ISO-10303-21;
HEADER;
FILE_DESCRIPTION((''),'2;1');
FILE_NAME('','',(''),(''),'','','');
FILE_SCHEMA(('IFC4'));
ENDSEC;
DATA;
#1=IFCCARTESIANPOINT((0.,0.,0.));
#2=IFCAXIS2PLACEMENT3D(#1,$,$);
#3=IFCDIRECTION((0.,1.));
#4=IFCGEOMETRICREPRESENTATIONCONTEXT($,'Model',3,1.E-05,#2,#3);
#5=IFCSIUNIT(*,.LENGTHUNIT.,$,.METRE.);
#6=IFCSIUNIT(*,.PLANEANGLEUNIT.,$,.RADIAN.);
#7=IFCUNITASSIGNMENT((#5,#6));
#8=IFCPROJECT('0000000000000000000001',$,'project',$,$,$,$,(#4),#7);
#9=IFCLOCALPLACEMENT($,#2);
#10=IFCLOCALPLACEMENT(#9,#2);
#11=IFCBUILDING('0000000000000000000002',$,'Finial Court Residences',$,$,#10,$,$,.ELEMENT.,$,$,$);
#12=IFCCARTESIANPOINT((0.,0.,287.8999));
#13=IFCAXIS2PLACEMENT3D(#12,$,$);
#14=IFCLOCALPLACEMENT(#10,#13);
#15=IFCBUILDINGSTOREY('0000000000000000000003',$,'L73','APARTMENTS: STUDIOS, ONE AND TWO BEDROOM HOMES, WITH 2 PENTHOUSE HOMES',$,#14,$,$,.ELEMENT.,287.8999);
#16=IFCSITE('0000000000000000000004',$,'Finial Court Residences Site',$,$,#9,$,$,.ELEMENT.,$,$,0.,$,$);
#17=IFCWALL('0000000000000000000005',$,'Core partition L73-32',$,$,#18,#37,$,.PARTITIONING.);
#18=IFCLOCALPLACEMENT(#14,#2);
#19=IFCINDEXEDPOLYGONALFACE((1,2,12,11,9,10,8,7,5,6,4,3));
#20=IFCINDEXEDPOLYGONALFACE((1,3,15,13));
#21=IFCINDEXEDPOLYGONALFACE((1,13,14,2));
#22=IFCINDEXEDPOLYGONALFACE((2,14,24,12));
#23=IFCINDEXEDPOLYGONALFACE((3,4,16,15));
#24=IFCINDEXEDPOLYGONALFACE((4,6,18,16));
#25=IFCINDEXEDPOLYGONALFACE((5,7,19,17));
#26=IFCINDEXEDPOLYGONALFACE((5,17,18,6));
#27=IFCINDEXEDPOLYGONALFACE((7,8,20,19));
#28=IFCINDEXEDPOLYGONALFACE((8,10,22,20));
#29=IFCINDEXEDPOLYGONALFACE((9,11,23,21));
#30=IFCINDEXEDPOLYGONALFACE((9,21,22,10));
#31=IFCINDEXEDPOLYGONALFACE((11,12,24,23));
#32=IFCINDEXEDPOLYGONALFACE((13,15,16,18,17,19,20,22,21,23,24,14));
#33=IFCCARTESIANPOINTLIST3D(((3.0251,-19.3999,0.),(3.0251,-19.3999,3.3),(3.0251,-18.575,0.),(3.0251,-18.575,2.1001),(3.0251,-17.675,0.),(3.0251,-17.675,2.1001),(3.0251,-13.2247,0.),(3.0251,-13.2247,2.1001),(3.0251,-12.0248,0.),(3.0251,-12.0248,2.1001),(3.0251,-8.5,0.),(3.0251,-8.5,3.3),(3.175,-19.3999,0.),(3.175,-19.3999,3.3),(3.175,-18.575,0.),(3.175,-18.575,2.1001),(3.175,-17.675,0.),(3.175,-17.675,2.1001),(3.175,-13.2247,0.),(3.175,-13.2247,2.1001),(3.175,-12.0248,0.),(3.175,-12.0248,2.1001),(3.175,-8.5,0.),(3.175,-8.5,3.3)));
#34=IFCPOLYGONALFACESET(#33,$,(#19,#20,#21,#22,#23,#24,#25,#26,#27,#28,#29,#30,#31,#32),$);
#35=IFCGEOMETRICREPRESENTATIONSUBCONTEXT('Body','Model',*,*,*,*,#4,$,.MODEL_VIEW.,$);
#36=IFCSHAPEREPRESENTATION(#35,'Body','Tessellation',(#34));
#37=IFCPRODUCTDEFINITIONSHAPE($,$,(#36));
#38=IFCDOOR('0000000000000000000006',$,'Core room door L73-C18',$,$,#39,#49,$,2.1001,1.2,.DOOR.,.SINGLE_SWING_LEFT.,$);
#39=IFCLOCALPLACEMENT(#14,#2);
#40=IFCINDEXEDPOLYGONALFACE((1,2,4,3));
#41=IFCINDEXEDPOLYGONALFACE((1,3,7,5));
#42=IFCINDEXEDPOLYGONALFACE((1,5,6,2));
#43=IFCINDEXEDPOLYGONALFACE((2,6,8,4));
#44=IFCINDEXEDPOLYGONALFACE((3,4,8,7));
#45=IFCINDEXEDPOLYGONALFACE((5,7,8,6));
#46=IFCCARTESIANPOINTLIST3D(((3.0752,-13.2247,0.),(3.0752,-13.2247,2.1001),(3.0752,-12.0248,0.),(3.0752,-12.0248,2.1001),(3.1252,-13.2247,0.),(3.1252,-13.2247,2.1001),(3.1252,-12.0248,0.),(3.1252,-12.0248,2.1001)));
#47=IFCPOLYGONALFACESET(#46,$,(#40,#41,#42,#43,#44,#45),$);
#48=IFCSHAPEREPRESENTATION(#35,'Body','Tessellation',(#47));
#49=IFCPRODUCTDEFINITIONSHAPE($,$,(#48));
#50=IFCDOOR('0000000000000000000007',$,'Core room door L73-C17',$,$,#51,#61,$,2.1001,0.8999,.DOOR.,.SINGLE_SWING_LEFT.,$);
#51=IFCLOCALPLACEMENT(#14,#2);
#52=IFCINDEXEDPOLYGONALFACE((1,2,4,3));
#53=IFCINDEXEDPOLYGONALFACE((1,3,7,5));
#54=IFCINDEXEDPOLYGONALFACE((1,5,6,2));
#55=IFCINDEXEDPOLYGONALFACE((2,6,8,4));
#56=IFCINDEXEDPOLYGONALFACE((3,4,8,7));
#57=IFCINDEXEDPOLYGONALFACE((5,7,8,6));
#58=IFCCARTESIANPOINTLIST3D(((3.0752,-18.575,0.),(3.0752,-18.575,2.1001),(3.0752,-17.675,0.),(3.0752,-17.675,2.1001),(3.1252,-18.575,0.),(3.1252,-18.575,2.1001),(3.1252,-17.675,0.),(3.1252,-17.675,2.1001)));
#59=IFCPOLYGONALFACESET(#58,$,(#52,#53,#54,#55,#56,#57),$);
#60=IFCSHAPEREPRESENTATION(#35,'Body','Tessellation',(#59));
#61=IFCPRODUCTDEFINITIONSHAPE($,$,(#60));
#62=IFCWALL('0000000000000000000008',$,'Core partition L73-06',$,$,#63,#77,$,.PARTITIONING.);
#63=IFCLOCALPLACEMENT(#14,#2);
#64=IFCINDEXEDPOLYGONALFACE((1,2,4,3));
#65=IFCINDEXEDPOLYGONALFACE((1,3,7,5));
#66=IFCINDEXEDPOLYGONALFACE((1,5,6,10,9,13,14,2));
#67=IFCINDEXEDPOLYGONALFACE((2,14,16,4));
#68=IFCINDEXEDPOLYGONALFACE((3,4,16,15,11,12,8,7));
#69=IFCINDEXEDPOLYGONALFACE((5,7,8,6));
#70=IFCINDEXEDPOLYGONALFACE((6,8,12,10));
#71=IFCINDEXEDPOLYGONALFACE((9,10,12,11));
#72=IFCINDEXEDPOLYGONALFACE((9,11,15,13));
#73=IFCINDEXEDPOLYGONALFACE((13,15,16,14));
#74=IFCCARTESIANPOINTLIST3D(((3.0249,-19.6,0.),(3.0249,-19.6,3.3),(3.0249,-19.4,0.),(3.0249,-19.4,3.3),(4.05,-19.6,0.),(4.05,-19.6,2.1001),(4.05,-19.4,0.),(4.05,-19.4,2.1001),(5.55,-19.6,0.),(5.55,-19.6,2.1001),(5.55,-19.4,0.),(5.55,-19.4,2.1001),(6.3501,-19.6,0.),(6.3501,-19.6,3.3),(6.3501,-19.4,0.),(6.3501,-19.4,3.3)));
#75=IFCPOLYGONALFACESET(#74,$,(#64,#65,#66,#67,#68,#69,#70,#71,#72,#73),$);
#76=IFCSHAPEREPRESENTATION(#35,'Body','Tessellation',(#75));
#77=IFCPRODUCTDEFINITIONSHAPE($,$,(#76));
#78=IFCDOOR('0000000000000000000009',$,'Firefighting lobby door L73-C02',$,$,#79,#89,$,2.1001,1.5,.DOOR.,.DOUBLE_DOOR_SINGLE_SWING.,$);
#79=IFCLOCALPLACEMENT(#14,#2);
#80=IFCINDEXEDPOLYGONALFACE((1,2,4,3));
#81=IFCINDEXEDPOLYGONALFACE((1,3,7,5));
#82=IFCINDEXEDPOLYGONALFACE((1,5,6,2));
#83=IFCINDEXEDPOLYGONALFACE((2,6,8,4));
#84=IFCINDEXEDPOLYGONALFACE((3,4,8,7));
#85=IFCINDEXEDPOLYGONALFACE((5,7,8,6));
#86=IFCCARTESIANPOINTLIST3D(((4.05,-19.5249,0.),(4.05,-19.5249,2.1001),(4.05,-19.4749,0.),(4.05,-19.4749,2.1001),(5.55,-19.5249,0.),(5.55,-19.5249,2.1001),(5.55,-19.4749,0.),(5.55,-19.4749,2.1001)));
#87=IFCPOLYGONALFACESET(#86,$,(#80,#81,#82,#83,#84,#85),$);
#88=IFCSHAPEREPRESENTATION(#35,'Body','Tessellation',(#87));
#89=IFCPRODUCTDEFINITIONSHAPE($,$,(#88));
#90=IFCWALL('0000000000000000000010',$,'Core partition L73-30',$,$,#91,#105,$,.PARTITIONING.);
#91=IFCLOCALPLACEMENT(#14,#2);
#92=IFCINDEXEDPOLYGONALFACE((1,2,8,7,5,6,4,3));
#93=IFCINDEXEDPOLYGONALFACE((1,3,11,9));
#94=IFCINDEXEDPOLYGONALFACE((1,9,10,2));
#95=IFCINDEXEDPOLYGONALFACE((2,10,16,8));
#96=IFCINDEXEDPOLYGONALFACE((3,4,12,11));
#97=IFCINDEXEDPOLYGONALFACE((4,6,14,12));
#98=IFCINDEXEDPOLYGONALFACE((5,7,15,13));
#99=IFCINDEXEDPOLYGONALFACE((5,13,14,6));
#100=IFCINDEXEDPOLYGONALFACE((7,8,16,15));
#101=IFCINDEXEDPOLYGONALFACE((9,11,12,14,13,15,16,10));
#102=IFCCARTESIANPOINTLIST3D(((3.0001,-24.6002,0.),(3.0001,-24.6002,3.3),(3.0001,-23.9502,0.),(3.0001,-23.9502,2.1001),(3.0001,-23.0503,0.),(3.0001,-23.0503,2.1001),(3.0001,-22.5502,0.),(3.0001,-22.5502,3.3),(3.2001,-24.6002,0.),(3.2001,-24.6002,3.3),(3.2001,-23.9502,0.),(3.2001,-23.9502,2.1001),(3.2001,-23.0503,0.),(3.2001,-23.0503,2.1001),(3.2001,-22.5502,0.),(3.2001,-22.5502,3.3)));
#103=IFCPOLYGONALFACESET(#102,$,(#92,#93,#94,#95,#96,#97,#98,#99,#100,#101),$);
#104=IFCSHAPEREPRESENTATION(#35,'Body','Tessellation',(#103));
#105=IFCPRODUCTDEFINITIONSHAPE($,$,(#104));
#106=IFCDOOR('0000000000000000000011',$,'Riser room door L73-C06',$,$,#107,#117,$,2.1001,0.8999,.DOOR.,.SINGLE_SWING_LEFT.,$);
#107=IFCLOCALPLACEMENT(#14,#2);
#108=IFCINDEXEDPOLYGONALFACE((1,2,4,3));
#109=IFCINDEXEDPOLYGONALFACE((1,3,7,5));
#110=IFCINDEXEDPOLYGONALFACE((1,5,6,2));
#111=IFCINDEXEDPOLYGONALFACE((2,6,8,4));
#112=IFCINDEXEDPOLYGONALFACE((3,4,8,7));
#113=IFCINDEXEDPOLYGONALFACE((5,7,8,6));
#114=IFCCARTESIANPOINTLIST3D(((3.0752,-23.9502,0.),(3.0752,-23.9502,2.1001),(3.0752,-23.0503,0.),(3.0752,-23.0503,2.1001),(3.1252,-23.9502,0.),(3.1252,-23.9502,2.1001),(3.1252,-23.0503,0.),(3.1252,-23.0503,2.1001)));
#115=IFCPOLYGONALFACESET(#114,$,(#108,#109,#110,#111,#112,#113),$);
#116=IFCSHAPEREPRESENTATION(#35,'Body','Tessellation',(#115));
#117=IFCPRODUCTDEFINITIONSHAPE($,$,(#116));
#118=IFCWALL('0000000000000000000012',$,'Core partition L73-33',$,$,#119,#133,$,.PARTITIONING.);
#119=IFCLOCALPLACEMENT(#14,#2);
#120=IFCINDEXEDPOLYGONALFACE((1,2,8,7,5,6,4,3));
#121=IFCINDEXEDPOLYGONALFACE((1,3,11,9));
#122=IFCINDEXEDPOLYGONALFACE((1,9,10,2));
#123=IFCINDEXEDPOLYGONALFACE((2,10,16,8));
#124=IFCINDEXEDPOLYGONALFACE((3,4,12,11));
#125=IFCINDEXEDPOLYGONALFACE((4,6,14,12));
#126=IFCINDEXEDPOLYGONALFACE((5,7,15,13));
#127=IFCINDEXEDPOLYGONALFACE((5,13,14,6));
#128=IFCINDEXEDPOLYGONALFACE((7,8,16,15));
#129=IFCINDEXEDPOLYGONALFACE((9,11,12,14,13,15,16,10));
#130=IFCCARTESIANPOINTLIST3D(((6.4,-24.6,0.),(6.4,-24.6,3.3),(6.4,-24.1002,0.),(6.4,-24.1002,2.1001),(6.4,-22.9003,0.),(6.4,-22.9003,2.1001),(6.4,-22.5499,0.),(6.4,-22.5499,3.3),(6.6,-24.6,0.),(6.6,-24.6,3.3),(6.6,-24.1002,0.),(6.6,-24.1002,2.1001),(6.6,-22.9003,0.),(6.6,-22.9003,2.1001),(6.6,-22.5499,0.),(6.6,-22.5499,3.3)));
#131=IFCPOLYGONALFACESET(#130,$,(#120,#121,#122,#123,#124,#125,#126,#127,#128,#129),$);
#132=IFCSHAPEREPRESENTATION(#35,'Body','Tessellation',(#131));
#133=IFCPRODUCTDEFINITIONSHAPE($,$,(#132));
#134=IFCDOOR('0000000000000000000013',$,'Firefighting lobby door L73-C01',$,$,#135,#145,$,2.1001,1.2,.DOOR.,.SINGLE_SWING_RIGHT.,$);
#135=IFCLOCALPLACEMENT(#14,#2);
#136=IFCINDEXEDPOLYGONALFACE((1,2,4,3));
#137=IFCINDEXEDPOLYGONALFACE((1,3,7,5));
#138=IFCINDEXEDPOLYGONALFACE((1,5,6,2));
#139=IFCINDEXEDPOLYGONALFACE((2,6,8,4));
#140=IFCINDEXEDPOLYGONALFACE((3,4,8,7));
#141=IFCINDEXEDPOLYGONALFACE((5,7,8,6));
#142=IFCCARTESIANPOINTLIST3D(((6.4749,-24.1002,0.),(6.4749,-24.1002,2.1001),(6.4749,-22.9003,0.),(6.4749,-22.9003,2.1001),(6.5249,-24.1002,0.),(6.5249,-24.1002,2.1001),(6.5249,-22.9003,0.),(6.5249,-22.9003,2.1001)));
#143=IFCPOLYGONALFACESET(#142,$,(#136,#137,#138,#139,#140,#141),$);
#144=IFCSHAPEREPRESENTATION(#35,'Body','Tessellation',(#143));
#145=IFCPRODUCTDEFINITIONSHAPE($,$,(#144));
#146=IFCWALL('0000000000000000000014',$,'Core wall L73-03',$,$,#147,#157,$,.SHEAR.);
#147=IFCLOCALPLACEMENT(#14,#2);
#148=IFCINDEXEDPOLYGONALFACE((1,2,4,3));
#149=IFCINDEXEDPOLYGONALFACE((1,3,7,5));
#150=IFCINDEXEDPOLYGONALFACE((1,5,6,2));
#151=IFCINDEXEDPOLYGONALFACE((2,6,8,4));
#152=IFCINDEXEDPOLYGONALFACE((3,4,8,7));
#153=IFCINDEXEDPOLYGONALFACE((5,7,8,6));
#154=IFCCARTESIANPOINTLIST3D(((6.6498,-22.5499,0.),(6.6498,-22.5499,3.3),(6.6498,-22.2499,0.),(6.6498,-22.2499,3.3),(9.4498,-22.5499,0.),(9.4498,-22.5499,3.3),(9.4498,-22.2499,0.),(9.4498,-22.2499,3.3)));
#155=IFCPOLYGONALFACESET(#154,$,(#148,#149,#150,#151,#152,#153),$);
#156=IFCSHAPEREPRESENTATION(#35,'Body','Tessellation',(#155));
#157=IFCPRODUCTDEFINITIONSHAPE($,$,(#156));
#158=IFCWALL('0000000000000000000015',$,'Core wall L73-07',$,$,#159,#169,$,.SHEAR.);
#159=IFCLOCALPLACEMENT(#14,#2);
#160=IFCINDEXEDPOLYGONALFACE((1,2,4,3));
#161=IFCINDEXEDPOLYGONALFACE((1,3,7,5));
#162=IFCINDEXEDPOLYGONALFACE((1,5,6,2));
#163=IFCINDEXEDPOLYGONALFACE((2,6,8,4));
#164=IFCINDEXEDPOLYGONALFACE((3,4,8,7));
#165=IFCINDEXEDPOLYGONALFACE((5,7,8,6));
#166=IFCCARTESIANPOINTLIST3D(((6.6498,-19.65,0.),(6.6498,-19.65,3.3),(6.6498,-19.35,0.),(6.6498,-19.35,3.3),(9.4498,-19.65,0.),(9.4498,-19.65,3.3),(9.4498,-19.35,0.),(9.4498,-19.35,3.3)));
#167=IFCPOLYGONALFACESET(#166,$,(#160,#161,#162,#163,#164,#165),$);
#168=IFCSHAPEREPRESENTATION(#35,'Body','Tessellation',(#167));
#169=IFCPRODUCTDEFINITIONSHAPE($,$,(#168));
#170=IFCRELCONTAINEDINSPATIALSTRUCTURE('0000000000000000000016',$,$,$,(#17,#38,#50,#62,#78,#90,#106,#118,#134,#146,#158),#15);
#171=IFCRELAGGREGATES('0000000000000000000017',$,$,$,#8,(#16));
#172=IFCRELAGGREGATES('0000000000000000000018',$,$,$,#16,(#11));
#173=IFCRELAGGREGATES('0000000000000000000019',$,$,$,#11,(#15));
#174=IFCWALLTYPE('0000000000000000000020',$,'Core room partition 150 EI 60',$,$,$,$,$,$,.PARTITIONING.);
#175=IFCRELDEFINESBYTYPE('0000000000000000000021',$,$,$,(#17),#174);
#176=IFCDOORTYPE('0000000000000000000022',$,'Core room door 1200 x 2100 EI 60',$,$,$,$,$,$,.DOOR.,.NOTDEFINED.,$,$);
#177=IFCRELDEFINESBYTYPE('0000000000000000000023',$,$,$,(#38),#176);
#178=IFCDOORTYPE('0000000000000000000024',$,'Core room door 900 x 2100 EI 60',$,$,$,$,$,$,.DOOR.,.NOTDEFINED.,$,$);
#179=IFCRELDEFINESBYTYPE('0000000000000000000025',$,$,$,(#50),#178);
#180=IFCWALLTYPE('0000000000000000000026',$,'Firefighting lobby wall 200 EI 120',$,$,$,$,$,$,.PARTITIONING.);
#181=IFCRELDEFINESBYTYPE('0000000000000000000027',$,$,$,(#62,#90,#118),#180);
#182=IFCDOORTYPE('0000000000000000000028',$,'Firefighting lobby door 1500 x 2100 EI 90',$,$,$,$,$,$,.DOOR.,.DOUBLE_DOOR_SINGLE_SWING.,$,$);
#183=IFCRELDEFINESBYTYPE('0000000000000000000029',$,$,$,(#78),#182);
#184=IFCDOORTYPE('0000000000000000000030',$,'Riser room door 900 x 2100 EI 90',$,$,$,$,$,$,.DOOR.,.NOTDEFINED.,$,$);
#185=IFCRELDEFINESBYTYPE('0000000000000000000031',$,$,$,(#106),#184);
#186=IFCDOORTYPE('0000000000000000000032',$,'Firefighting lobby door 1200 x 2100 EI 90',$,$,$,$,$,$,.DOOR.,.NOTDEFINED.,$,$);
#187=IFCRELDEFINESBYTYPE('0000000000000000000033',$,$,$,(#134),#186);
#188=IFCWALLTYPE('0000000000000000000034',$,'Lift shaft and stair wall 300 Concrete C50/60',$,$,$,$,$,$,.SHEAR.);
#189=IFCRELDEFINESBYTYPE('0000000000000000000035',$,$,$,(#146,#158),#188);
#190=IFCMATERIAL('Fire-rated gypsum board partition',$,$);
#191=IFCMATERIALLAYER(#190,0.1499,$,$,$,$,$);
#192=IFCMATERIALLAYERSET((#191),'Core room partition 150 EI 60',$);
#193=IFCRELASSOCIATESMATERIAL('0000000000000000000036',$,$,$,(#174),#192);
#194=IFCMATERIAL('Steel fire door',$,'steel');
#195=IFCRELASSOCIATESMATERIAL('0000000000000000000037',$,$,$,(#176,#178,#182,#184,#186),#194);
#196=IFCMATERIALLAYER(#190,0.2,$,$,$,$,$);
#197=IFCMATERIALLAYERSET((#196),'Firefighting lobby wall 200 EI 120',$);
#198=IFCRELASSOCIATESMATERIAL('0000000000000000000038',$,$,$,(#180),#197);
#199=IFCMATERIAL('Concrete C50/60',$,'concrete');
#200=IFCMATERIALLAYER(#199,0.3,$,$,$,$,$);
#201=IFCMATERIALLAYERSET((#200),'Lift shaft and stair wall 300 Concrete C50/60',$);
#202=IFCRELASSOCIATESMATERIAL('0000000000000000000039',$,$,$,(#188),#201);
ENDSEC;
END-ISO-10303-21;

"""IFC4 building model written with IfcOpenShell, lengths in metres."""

from ifc_helpers import new_model, si_unit, direction, frame, frame_2d, origin, place, context, subcontext, project, spatial, rectangle, extrude, material, layer, layer_set, type_object, element, fill, save


model = new_model("IFC4")

# Units and contexts
model_context = context("Model", 3, precision=1e-05, world=origin(), true_north=direction((0.0, 1.0)))
body_context = subcontext(model_context, "Body", "Model", "MODEL_VIEW")
ifc_project = project(units=[si_unit("LENGTHUNIT", "METRE"), si_unit("PLANEANGLEUNIT", "RADIAN")], contexts=[model_context])

# Site, building, storey
site_placement = place(None, origin())
site = spatial("IfcSite", under=ifc_project, at=site_placement, Name="Finial Court Residences Site", CompositionType="ELEMENT", RefElevation=0.0)
building_placement = place(site_placement, origin())
building = spatial("IfcBuilding", under=site, at=building_placement, Name="Finial Court Residences", CompositionType="ELEMENT")
storey_placement = place(building_placement, frame((0.0, 0.0, 287.8999)))
storey = spatial("IfcBuildingStorey", under=building, at=storey_placement, Name="L73", Description="APARTMENTS: STUDIOS, ONE AND TWO BEDROOM HOMES, WITH 2 PENTHOUSE HOMES", CompositionType="ELEMENT", Elevation=287.8999)

# Wall, openings, doors
ifc_material_1 = material(Name="Fire-rated gypsum board partition")
ifc_layer_1 = layer(ifc_material_1, 0.1499)
ifc_layer_set_1 = layer_set([ifc_layer_1], Name="Core room partition 150 EI 60")
wall_type_1 = type_object("IfcWallType", Name="Core room partition 150 EI 60", PredefinedType="PARTITIONING", material=ifc_layer_set_1)
wall_1_placement = place(storey_placement, frame((3.1001, -19.3999, 0.0), z_axis=(0.0, 0.0, 1.0), x_axis=(0.0, 1.0, 0.0)))
wall_1 = element("IfcWall", 1, at=wall_1_placement, inside=storey, type_object=wall_type_1, Name="Core partition L73-32", PredefinedType="PARTITIONING", context=body_context, shape_type="SweptSolid", body=[
    extrude(rectangle(XDim=10.8999, YDim=0.1499, at=frame_2d((5.45, 0.0))), origin(), (0.0, 0.0, 1.0), 3.3),
])
opening_1_placement = place(wall_1_placement, frame((0.825, 0.0, 0.0)))
opening_1 = element("IfcOpeningElement", 2, at=opening_1_placement, cuts=wall_1, PredefinedType="OPENING", context=body_context, shape_type="SweptSolid", body=[
    extrude(rectangle(XDim=0.8999, YDim=2.1001, at=frame_2d((0.45, 1.05))), frame((0.0, 0.085, 0.0), z_axis=(0.0, -1.0, 0.0), x_axis=(1.0, 0.0, 0.0)), (0.0, 0.0, 1.0), 0.1699),
])
opening_2_placement = place(wall_1_placement, frame((6.175, 0.0, 0.0)))
opening_2 = element("IfcOpeningElement", 3, at=opening_2_placement, cuts=wall_1, PredefinedType="OPENING", context=body_context, shape_type="SweptSolid", body=[
    extrude(rectangle(XDim=1.2, YDim=2.1001, at=frame_2d((0.6001, 1.05))), frame((0.0, 0.085, 0.0), z_axis=(0.0, -1.0, 0.0), x_axis=(1.0, 0.0, 0.0)), (0.0, 0.0, 1.0), 0.1699),
])
ifc_material_2 = material(Name="Steel fire door", Category="steel")
door_type_1 = type_object("IfcDoorType", Name="Core room door 1200 x 2100 EI 60", OperationType="NOTDEFINED", PredefinedType="DOOR", material=ifc_material_2)
door_1_placement = place(opening_2_placement, origin())
door_1 = element("IfcDoor", 4, at=door_1_placement, inside=storey, type_object=door_type_1, Name="Core room door L73-C18", OperationType="SINGLE_SWING_LEFT", OverallHeight=2.1001, OverallWidth=1.2, PredefinedType="DOOR", context=body_context, shape_type="SweptSolid", body=[
    extrude(rectangle(XDim=1.2, YDim=2.1001, at=frame_2d((0.6001, 1.05))), frame((0.0, 0.0249, 0.0), z_axis=(0.0, -1.0, 0.0), x_axis=(1.0, 0.0, 0.0)), (0.0, 0.0, 1.0), 0.05),
])
fill(opening_2, door_1)
door_type_2 = type_object("IfcDoorType", Name="Core room door 900 x 2100 EI 60", OperationType="NOTDEFINED", PredefinedType="DOOR", material=ifc_material_2)
door_2_placement = place(opening_1_placement, origin())
door_2 = element("IfcDoor", 5, at=door_2_placement, inside=storey, type_object=door_type_2, Name="Core room door L73-C17", OperationType="SINGLE_SWING_LEFT", OverallHeight=2.1001, OverallWidth=0.8999, PredefinedType="DOOR", context=body_context, shape_type="SweptSolid", body=[
    extrude(rectangle(XDim=0.8999, YDim=2.1001, at=frame_2d((0.45, 1.05))), frame((0.0, 0.0249, 0.0), z_axis=(0.0, -1.0, 0.0), x_axis=(1.0, 0.0, 0.0)), (0.0, 0.0, 1.0), 0.05),
])
fill(opening_1, door_2)

# Walls, openings, doors
ifc_layer_2 = layer(ifc_material_1, 0.2)
ifc_layer_set_2 = layer_set([ifc_layer_2], Name="Firefighting lobby wall 200 EI 120")
wall_type_2 = type_object("IfcWallType", Name="Firefighting lobby wall 200 EI 120", PredefinedType="PARTITIONING", material=ifc_layer_set_2)
wall_2_placement = place(storey_placement, frame((6.3501, -19.5, 0.0), z_axis=(0.0, 0.0, 1.0), x_axis=(-1.0, 0.0, 0.0)))
wall_2 = element("IfcWall", 6, at=wall_2_placement, inside=storey, type_object=wall_type_2, Name="Core partition L73-06", PredefinedType="PARTITIONING", context=body_context, shape_type="SweptSolid", body=[
    extrude(rectangle(XDim=3.3252, YDim=0.2, at=frame_2d((1.6626, 0.0))), origin(), (0.0, 0.0, 1.0), 3.3),
])
opening_3_placement = place(wall_2_placement, frame((0.8, 0.0, 0.0)))
opening_3 = element("IfcOpeningElement", 7, at=opening_3_placement, cuts=wall_2, PredefinedType="OPENING", context=body_context, shape_type="SweptSolid", body=[
    extrude(rectangle(XDim=1.5, YDim=2.1001, at=frame_2d((0.75, 1.05))), frame((0.0, 0.1099, 0.0), z_axis=(0.0, -1.0, 0.0), x_axis=(1.0, 0.0, 0.0)), (0.0, 0.0, 1.0), 0.22),
])
door_type_3 = type_object("IfcDoorType", Name="Firefighting lobby door 1500 x 2100 EI 90", OperationType="DOUBLE_DOOR_SINGLE_SWING", PredefinedType="DOOR", material=ifc_material_2)
door_3_placement = place(opening_3_placement, origin())
door_3 = element("IfcDoor", 8, at=door_3_placement, inside=storey, type_object=door_type_3, Name="Firefighting lobby door L73-C02", OperationType="DOUBLE_DOOR_SINGLE_SWING", OverallHeight=2.1001, OverallWidth=1.5, PredefinedType="DOOR", context=body_context, shape_type="SweptSolid", body=[
    extrude(rectangle(XDim=1.5, YDim=2.1001, at=frame_2d((0.75, 1.05))), frame((0.0, 0.0249, 0.0), z_axis=(0.0, -1.0, 0.0), x_axis=(1.0, 0.0, 0.0)), (0.0, 0.0, 1.0), 0.05),
])
fill(opening_3, door_3)
wall_3_placement = place(storey_placement, frame((3.1001, -24.6001, 0.0), z_axis=(0.0, 0.0, 1.0), x_axis=(0.0, 1.0, 0.0)))
wall_3 = element("IfcWall", 9, at=wall_3_placement, inside=storey, type_object=wall_type_2, Name="Core partition L73-30", PredefinedType="PARTITIONING", context=body_context, shape_type="SweptSolid", body=[
    extrude(rectangle(XDim=2.05, YDim=0.2, at=frame_2d((1.0249, 0.0))), origin(), (0.0, 0.0, 1.0), 3.3),
])
opening_4_placement = place(wall_3_placement, frame((0.6499, 0.0, 0.0)))
opening_4 = element("IfcOpeningElement", 10, at=opening_4_placement, cuts=wall_3, PredefinedType="OPENING", context=body_context, shape_type="SweptSolid", body=[
    extrude(rectangle(XDim=0.8999, YDim=2.1001, at=frame_2d((0.45, 1.05))), frame((0.0, 0.1099, 0.0), z_axis=(0.0, -1.0, 0.0), x_axis=(1.0, 0.0, 0.0)), (0.0, 0.0, 1.0), 0.22),
])
door_type_4 = type_object("IfcDoorType", Name="Riser room door 900 x 2100 EI 90", OperationType="NOTDEFINED", PredefinedType="DOOR", material=ifc_material_2)
door_4_placement = place(opening_4_placement, origin())
door_4 = element("IfcDoor", 11, at=door_4_placement, inside=storey, type_object=door_type_4, Name="Riser room door L73-C06", OperationType="SINGLE_SWING_LEFT", OverallHeight=2.1001, OverallWidth=0.8999, PredefinedType="DOOR", context=body_context, shape_type="SweptSolid", body=[
    extrude(rectangle(XDim=0.8999, YDim=2.1001, at=frame_2d((0.45, 1.05))), frame((0.0, 0.0249, 0.0), z_axis=(0.0, -1.0, 0.0), x_axis=(1.0, 0.0, 0.0)), (0.0, 0.0, 1.0), 0.05),
])
fill(opening_4, door_4)
wall_4_placement = place(storey_placement, frame((6.5, -22.55, 0.0), z_axis=(0.0, 0.0, 1.0), x_axis=(0.0, -1.0, 0.0)))
wall_4 = element("IfcWall", 12, at=wall_4_placement, inside=storey, type_object=wall_type_2, Name="Core partition L73-33", PredefinedType="PARTITIONING", context=body_context, shape_type="SweptSolid", body=[
    extrude(rectangle(XDim=2.05, YDim=0.2, at=frame_2d((1.0249, 0.0))), origin(), (0.0, 0.0, 1.0), 3.3),
])
opening_5_placement = place(wall_4_placement, frame((0.3501, 0.0, 0.0)))
opening_5 = element("IfcOpeningElement", 13, at=opening_5_placement, cuts=wall_4, PredefinedType="OPENING", context=body_context, shape_type="SweptSolid", body=[
    extrude(rectangle(XDim=1.2, YDim=2.1001, at=frame_2d((0.6001, 1.05))), frame((0.0, 0.1099, 0.0), z_axis=(0.0, -1.0, 0.0), x_axis=(1.0, 0.0, 0.0)), (0.0, 0.0, 1.0), 0.22),
])
door_type_5 = type_object("IfcDoorType", Name="Firefighting lobby door 1200 x 2100 EI 90", OperationType="NOTDEFINED", PredefinedType="DOOR", material=ifc_material_2)
door_5_placement = place(opening_5_placement, origin())
door_5 = element("IfcDoor", 14, at=door_5_placement, inside=storey, type_object=door_type_5, Name="Firefighting lobby door L73-C01", OperationType="SINGLE_SWING_RIGHT", OverallHeight=2.1001, OverallWidth=1.2, PredefinedType="DOOR", context=body_context, shape_type="SweptSolid", body=[
    extrude(rectangle(XDim=1.2, YDim=2.1001, at=frame_2d((0.6001, 1.05))), frame((0.0, 0.0249, 0.0), z_axis=(0.0, -1.0, 0.0), x_axis=(1.0, 0.0, 0.0)), (0.0, 0.0, 1.0), 0.05),
])
fill(opening_5, door_5)

# Walls
ifc_material_3 = material(Name="Concrete C50/60", Category="concrete")
ifc_layer_3 = layer(ifc_material_3, 0.3)
ifc_layer_set_3 = layer_set([ifc_layer_3], Name="Lift shaft and stair wall 300 Concrete C50/60")
wall_type_3 = type_object("IfcWallType", Name="Lift shaft and stair wall 300 Concrete C50/60", PredefinedType="SHEAR", material=ifc_layer_set_3)
for number, where, z_axis, x_axis, name in (
    (15, (6.6499, -22.3999, 0.0), (0.0, 0.0, 1.0), (1.0, 0.0, 0.0), "Core wall L73-03"),
    (16, (6.6499, -19.5, 0.0), (0.0, 0.0, 1.0), (1.0, 0.0, 0.0), "Core wall L73-07"),
):
    element("IfcWall", number, at=place(storey_placement, frame(where, z_axis=z_axis, x_axis=x_axis)), inside=storey, type_object=wall_type_3, Name=name, PredefinedType="SHEAR", context=body_context, shape_type="SweptSolid", body=[
        extrude(rectangle(XDim=2.8, YDim=0.3, at=frame_2d((1.3999, 0.0))), origin(), (0.0, 0.0, 1.0), 3.3),
    ])

save(model, "model.ifc")
